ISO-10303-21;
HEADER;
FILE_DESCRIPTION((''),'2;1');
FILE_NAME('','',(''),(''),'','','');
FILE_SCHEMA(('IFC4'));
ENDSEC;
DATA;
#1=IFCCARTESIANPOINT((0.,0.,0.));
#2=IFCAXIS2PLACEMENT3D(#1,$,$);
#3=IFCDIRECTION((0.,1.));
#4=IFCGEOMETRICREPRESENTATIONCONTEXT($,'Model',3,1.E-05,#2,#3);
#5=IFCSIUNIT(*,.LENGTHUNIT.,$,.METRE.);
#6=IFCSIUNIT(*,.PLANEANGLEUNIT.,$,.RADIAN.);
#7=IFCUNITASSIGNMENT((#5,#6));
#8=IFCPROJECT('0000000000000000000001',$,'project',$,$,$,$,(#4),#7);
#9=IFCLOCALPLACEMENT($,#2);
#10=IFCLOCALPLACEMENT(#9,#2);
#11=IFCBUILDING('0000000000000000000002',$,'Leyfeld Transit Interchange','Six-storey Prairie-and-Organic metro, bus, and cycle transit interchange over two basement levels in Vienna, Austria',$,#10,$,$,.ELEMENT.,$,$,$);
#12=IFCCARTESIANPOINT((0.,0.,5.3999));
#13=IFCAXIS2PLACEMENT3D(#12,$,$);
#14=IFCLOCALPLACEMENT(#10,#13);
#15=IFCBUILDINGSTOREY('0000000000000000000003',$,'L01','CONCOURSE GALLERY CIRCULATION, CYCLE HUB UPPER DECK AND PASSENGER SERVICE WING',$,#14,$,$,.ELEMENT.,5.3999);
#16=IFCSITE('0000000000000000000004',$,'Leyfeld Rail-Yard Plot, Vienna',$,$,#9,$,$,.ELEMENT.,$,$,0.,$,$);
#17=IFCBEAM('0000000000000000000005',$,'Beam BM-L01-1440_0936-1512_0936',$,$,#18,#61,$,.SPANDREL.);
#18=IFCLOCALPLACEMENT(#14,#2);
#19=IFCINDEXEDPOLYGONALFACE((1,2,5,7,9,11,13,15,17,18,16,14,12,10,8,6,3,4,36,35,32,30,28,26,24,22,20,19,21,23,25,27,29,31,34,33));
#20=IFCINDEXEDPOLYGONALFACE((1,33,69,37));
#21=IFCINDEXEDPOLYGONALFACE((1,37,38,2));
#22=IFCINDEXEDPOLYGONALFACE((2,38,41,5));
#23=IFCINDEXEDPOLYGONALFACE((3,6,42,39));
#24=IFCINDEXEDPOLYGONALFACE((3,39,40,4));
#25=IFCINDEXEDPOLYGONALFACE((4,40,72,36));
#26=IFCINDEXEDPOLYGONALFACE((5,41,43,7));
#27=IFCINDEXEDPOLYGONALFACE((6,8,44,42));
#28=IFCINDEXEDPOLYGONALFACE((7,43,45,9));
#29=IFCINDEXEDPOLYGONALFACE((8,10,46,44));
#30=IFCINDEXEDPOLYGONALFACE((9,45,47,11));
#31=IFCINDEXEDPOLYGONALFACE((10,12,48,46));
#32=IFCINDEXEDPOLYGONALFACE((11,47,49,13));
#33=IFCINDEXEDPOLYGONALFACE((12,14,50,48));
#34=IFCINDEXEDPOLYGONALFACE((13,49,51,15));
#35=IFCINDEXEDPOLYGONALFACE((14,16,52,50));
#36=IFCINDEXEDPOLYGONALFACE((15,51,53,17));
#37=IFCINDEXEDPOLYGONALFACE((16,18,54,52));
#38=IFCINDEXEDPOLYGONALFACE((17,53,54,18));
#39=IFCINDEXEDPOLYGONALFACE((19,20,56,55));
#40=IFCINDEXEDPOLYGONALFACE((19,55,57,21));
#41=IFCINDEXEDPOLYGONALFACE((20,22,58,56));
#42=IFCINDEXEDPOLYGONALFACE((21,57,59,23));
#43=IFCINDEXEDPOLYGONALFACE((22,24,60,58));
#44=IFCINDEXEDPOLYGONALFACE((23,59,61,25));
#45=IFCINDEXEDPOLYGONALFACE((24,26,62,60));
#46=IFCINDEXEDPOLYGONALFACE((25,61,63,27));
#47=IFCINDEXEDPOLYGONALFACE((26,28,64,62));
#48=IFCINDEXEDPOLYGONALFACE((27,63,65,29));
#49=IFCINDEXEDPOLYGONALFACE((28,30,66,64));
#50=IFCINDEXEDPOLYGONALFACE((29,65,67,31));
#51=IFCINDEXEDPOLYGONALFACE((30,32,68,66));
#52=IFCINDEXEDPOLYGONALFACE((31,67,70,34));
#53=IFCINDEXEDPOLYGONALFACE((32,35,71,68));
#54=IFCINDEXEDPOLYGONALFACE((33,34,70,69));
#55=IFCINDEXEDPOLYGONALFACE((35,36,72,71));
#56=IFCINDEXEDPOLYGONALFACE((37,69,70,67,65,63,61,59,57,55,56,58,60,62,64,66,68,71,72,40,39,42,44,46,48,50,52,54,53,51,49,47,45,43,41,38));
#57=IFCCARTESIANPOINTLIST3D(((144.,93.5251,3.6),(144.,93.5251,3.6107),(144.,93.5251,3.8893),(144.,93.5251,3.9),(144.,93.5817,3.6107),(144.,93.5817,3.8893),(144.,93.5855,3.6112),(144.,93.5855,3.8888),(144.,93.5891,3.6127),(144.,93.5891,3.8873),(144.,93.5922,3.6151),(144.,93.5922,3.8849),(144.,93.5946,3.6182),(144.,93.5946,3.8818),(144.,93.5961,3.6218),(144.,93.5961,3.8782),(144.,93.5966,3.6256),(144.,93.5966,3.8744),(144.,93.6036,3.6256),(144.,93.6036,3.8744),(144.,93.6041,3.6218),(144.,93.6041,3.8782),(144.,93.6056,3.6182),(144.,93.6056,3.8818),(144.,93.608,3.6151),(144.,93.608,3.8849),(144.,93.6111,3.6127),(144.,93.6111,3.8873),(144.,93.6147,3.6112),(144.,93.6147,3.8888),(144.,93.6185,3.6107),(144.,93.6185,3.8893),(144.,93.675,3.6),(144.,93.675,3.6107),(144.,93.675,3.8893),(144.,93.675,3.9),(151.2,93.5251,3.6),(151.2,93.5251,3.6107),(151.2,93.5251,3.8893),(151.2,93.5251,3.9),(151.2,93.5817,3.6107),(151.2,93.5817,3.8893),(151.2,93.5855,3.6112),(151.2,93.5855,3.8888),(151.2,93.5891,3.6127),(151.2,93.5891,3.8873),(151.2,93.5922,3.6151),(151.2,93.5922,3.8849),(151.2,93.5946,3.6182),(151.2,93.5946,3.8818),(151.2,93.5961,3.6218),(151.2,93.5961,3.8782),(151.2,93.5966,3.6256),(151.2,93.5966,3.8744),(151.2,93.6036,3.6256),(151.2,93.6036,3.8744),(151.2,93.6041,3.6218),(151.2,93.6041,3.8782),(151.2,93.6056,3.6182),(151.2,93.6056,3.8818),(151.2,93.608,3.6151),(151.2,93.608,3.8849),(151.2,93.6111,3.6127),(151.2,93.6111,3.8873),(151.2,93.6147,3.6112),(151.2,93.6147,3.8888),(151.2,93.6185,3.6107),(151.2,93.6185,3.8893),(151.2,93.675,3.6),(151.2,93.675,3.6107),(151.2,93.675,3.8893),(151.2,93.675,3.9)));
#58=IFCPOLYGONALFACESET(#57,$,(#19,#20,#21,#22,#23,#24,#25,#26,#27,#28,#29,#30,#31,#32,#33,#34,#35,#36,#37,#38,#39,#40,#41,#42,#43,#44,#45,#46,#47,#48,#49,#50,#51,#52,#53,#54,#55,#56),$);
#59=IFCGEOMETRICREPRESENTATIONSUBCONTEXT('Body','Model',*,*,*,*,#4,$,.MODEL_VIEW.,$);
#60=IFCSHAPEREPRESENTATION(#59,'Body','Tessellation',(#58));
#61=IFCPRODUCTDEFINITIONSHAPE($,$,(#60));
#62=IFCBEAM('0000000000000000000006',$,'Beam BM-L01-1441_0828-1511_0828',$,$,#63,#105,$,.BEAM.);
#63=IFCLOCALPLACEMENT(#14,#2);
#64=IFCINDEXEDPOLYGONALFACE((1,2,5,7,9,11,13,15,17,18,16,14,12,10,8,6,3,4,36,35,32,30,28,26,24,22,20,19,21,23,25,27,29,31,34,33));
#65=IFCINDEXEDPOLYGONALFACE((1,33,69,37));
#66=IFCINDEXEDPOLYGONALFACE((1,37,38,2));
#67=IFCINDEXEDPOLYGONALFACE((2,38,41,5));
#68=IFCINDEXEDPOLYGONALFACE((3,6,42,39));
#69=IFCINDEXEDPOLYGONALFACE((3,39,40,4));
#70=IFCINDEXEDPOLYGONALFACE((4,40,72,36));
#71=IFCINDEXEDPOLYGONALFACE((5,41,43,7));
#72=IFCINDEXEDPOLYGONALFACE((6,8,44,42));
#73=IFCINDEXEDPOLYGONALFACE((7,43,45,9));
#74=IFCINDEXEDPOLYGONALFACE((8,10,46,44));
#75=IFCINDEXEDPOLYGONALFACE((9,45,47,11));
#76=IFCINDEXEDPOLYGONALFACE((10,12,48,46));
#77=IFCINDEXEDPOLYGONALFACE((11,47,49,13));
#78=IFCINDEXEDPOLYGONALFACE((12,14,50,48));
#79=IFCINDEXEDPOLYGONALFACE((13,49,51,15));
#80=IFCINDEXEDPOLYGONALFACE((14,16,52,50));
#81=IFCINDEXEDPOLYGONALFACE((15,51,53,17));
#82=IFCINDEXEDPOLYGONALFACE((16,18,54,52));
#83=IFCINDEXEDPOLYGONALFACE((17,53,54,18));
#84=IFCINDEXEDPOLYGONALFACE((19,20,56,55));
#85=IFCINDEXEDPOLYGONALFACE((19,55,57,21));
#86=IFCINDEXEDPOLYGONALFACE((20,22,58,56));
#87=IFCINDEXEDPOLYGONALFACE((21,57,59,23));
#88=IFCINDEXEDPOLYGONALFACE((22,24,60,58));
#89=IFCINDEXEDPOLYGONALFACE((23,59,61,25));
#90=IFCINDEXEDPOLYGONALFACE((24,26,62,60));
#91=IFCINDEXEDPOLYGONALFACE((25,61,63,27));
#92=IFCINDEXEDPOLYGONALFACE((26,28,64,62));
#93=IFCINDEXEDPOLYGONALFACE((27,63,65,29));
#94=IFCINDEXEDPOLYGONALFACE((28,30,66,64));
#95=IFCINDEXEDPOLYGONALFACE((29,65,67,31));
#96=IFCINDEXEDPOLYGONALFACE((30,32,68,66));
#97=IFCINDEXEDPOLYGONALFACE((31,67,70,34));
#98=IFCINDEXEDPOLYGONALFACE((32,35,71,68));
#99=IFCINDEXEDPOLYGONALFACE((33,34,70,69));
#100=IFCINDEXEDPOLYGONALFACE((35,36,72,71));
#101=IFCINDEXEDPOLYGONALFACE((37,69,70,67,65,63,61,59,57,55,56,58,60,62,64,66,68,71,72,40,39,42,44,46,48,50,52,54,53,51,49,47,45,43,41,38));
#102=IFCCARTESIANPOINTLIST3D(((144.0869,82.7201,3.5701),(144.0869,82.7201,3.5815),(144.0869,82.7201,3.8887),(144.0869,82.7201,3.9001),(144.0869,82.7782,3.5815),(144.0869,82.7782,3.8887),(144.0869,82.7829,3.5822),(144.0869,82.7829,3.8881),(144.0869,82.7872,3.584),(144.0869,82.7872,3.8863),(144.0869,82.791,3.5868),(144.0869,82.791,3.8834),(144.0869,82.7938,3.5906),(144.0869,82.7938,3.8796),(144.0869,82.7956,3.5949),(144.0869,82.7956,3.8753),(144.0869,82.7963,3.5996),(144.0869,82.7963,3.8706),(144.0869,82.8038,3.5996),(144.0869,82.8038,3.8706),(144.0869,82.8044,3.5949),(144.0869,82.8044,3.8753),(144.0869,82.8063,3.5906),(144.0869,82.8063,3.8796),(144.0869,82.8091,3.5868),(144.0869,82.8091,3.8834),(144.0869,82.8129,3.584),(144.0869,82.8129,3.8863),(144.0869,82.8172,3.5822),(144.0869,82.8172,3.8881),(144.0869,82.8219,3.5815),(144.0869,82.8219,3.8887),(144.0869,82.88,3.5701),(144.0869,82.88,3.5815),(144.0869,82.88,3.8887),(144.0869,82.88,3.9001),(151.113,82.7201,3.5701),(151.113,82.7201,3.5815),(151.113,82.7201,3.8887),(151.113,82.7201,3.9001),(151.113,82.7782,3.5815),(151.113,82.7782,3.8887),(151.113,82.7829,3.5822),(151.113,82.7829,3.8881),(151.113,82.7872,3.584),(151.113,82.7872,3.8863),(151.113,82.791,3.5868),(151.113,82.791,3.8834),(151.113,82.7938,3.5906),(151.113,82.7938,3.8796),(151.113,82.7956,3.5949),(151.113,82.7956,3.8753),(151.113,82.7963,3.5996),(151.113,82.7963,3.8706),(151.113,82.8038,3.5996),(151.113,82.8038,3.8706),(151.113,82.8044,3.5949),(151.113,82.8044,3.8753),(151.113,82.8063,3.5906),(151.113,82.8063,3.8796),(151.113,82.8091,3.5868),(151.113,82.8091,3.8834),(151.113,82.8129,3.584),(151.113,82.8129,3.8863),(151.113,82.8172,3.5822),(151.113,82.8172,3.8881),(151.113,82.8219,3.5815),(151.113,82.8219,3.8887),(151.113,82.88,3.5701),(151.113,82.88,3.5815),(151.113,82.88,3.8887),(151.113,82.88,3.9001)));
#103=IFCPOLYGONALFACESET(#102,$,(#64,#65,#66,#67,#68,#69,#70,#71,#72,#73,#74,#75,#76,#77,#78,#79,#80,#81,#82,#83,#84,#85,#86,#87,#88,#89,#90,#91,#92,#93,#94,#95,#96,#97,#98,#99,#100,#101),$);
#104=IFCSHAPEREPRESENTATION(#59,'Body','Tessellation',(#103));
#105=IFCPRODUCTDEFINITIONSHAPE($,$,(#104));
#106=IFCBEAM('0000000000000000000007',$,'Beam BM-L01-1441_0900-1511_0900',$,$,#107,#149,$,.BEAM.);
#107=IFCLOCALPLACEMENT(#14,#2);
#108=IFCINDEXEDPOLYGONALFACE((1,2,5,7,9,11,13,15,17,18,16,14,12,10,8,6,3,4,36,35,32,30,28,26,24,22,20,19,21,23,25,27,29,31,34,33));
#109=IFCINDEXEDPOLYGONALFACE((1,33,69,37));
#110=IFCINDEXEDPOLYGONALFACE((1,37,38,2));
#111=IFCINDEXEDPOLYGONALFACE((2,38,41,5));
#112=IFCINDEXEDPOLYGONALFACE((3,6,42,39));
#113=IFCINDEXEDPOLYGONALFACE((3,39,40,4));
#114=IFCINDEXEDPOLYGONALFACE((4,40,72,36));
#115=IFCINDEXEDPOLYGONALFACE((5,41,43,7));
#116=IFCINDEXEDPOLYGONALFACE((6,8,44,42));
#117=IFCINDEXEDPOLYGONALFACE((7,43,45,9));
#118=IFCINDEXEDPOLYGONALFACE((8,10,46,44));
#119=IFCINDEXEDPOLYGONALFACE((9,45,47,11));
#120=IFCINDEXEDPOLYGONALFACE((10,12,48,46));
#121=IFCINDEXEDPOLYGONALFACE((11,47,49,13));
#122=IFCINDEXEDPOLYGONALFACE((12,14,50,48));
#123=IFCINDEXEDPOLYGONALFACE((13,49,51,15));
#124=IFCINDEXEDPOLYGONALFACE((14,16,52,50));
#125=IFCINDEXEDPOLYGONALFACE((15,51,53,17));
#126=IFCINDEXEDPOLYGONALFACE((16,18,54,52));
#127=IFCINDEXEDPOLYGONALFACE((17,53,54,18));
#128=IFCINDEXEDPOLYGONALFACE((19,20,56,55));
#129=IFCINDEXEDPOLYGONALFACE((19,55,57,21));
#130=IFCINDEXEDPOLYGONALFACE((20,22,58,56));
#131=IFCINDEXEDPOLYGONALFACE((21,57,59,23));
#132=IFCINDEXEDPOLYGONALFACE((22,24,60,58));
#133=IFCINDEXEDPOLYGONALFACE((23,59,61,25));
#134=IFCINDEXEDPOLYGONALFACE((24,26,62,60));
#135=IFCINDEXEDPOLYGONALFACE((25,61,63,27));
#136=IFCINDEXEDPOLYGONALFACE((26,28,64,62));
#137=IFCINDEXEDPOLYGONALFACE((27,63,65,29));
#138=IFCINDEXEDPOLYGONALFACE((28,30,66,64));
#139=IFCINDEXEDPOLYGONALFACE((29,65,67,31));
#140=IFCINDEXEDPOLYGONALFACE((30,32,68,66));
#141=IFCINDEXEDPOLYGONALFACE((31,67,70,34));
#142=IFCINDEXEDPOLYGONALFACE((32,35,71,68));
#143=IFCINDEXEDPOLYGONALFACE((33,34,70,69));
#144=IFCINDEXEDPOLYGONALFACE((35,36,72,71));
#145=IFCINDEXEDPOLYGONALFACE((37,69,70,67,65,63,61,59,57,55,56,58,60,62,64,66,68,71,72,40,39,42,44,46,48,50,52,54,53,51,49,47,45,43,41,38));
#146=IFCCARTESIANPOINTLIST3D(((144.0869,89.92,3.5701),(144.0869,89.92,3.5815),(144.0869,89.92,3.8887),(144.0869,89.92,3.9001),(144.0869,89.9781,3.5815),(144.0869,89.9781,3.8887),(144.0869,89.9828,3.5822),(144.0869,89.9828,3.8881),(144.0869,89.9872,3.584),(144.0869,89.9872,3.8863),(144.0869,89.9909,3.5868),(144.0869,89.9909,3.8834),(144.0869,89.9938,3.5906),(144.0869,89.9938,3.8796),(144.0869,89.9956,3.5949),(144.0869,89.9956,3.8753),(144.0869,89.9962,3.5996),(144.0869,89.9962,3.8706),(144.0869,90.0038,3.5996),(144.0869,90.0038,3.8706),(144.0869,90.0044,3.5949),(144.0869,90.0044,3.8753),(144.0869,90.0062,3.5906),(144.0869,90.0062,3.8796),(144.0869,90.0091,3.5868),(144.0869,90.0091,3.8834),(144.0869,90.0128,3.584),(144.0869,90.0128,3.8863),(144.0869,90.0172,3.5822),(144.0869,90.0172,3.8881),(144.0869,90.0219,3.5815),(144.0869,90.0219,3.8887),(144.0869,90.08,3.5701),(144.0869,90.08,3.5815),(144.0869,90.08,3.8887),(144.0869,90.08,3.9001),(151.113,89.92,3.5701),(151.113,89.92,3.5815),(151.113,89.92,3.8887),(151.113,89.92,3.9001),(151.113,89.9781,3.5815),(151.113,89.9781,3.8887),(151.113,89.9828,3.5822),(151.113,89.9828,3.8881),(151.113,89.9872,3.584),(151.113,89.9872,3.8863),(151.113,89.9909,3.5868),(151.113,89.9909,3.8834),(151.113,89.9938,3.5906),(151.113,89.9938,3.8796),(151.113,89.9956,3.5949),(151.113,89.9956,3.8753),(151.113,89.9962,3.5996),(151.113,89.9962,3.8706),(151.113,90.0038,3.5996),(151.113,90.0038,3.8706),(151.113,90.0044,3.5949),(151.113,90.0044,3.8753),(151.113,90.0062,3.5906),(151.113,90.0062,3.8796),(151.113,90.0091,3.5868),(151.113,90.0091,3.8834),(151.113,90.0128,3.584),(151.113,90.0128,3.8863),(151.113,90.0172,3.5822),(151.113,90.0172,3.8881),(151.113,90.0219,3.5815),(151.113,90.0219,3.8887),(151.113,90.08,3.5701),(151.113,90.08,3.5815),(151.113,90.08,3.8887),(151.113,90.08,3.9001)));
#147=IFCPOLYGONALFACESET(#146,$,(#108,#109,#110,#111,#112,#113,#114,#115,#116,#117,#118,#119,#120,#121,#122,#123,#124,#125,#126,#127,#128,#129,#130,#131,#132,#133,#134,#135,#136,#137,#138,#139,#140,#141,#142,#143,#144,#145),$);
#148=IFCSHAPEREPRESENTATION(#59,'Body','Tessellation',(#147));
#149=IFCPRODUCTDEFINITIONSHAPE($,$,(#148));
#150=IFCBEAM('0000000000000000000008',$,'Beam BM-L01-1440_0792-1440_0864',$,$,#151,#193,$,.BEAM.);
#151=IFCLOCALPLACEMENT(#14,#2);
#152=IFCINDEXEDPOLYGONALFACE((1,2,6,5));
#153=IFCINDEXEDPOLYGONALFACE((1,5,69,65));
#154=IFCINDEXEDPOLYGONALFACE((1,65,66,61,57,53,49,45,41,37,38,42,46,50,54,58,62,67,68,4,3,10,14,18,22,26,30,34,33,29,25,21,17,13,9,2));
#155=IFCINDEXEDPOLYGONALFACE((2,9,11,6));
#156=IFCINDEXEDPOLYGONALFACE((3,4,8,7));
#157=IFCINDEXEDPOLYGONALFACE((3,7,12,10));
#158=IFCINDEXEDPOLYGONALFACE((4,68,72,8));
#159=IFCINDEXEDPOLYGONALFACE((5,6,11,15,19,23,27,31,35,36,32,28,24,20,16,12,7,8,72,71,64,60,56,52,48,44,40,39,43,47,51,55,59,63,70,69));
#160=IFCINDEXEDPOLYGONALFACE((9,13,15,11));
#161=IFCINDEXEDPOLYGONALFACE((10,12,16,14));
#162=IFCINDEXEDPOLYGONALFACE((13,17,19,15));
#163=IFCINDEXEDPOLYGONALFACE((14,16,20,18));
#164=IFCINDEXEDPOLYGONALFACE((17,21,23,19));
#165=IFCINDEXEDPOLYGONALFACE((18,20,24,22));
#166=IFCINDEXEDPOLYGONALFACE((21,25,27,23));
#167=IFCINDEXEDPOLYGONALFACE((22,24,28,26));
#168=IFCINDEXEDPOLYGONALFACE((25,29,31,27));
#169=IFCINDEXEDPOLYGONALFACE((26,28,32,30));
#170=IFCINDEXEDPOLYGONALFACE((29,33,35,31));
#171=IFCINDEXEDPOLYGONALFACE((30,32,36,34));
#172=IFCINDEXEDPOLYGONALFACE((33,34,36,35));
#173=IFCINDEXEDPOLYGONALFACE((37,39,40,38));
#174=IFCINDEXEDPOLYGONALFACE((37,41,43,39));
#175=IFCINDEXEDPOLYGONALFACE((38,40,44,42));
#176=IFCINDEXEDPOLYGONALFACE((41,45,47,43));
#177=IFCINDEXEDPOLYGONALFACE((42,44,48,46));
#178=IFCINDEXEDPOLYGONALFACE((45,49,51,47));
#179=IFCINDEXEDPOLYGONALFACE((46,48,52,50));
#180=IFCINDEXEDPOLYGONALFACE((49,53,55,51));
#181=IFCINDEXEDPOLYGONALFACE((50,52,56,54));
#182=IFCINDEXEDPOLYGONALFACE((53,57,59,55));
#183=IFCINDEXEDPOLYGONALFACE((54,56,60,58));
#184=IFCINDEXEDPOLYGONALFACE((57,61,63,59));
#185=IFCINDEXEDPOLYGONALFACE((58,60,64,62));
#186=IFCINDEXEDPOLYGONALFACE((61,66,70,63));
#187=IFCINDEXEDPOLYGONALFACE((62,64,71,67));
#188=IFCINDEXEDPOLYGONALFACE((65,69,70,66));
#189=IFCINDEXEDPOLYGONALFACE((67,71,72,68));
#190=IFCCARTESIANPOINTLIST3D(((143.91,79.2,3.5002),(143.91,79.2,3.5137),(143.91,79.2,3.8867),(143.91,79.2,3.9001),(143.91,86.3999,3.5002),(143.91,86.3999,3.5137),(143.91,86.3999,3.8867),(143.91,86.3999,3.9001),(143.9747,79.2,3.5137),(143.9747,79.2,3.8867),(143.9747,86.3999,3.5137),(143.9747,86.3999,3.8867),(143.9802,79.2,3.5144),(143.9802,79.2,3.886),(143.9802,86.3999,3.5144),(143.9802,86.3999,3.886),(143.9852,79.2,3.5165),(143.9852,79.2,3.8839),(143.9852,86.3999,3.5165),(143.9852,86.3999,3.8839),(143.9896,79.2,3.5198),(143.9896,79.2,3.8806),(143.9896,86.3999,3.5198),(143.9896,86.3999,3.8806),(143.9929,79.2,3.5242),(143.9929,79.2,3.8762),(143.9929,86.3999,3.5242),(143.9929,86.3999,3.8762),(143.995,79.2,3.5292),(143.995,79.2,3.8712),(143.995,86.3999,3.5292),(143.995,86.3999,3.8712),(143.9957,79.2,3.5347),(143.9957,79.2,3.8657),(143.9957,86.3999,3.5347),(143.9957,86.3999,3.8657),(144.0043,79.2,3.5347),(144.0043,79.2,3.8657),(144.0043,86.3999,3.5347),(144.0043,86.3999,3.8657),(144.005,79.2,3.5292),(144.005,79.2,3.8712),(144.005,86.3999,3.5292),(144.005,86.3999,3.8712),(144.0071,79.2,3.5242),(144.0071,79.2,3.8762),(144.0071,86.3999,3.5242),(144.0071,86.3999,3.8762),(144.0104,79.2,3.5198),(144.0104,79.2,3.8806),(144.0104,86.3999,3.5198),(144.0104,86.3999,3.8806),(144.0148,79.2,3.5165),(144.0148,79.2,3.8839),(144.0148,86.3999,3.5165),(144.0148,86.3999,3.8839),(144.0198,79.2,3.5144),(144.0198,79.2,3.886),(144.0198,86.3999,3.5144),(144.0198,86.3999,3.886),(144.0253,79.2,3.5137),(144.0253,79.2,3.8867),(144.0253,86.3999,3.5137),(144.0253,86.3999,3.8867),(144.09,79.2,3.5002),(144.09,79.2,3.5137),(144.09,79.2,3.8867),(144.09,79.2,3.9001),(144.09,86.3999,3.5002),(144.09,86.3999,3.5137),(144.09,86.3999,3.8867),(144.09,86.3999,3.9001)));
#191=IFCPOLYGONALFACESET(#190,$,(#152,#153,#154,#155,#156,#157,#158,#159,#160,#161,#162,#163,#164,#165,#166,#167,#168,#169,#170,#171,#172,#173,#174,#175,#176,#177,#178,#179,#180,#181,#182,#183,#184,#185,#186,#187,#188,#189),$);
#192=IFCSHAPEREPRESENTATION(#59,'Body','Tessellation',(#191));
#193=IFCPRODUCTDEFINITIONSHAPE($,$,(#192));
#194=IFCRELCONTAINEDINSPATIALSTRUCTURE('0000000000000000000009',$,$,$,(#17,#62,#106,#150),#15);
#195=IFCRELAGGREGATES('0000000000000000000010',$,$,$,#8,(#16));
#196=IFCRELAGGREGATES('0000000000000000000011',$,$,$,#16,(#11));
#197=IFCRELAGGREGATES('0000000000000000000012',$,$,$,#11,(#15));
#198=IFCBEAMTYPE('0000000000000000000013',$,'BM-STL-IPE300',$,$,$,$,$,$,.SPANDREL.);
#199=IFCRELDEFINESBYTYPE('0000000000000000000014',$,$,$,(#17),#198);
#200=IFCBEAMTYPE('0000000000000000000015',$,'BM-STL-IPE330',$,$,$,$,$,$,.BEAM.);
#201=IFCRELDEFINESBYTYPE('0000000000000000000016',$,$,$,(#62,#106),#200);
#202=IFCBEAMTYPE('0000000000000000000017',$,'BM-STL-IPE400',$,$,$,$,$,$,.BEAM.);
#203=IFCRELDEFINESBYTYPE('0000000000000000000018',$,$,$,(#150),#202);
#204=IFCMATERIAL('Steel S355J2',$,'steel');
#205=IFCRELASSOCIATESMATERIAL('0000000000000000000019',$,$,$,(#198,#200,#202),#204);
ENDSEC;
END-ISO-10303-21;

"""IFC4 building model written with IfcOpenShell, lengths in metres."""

from ifc_helpers import new_model, si_unit, direction, frame, origin, origin_2d, place, context, subcontext, project, spatial, i_section, extrude, material, material_profile, profile_set, type_object, element, save


model = new_model("IFC4")

# Units and contexts
model_context = context("Model", 3, precision=1e-05, world=origin(), true_north=direction((0.0, 1.0)))
body_context = subcontext(model_context, "Body", "Model", "MODEL_VIEW")
ifc_project = project(units=[si_unit("LENGTHUNIT", "METRE"), si_unit("PLANEANGLEUNIT", "RADIAN")], contexts=[model_context])

# Site, building, storey
site_placement = place(None, origin())
site = spatial("IfcSite", under=ifc_project, at=site_placement, Name="Leyfeld Rail-Yard Plot, Vienna", CompositionType="ELEMENT", RefElevation=0.0)
building_placement = place(site_placement, origin())
building = spatial("IfcBuilding", under=site, at=building_placement, Name="Leyfeld Transit Interchange", Description="Six-storey Prairie-and-Organic metro, bus, and cycle transit interchange over two basement levels in Vienna, Austria", CompositionType="ELEMENT")
storey_placement = place(building_placement, frame((0.0, 0.0, 5.3999)))
storey = spatial("IfcBuildingStorey", under=building, at=storey_placement, Name="L01", Description="CONCOURSE GALLERY CIRCULATION, CYCLE HUB UPPER DECK AND PASSENGER SERVICE WING", CompositionType="ELEMENT", Elevation=5.3999)

# Beams
ifc_material_1 = material(Name="Steel S355J2", Category="steel")
ifc_material_profile_1 = material_profile(ifc_material_1, i_section(OverallWidth=0.1499, OverallDepth=0.3, WebThickness=0.0071, FlangeThickness=0.0107, FilletRadius=0.0149, at=origin_2d()), Name="IPE 300")
ifc_profile_set_1 = profile_set([ifc_material_profile_1], Name="Steel S355J2")
beam_type_1 = type_object("IfcBeamType", Name="BM-STL-IPE300", PredefinedType="SPANDREL", material=ifc_profile_set_1)
beam_1_placement = place(storey_placement, frame((144.0, 93.6001, 3.75), z_axis=(1.0, 0.0, 0.0), x_axis=(0.0, 1.0, 0.0)))
element("IfcBeam", 1, at=beam_1_placement, inside=storey, type_object=beam_type_1, Name="Beam BM-L01-1440_0936-1512_0936", PredefinedType="SPANDREL", context=body_context, shape_type="SweptSolid", body=[
    extrude(i_section(OverallWidth=0.1499, OverallDepth=0.3, WebThickness=0.0071, FlangeThickness=0.0107, FilletRadius=0.0149, at=origin_2d()), origin(), (0.0, 0.0, 1.0), 7.2),
])
ifc_material_profile_2 = material_profile(ifc_material_1, i_section(OverallWidth=0.1599, OverallDepth=0.3301, WebThickness=0.0076, FlangeThickness=0.0115, FilletRadius=0.0181, at=origin_2d()), Name="IPE 330")
ifc_profile_set_2 = profile_set([ifc_material_profile_2], Name="Steel S355J2")
beam_type_2 = type_object("IfcBeamType", Name="BM-STL-IPE330", PredefinedType="BEAM", material=ifc_profile_set_2)
for number, where, z_axis, x_axis, name in (
    (2, (144.0869, 82.8, 3.7351), (1.0, 0.0, 0.0), (0.0, 1.0, 0.0), "Beam BM-L01-1441_0828-1511_0828"),
    (3, (144.0869, 90.0, 3.7351), (1.0, 0.0, 0.0), (0.0, 1.0, 0.0), "Beam BM-L01-1441_0900-1511_0900"),
):
    element("IfcBeam", number, at=place(storey_placement, frame(where, z_axis=z_axis, x_axis=x_axis)), inside=storey, type_object=beam_type_2, Name=name, PredefinedType="BEAM", context=body_context, shape_type="SweptSolid", body=[
        extrude(i_section(OverallWidth=0.1599, OverallDepth=0.3301, WebThickness=0.0076, FlangeThickness=0.0115, FilletRadius=0.0181, at=origin_2d()), origin(), (0.0, 0.0, 1.0), 7.0261),
    ])
ifc_material_profile_3 = material_profile(ifc_material_1, i_section(OverallWidth=0.1799, OverallDepth=0.3999, WebThickness=0.0085, FlangeThickness=0.0134, FilletRadius=0.021, at=origin_2d()), Name="IPE 400")
ifc_profile_set_3 = profile_set([ifc_material_profile_3], Name="Steel S355J2")
beam_type_3 = type_object("IfcBeamType", Name="BM-STL-IPE400", PredefinedType="BEAM", material=ifc_profile_set_3)
beam_2_placement = place(storey_placement, frame((144.0, 79.2, 3.7002), z_axis=(0.0, 1.0, 0.0), x_axis=(-1.0, 0.0, 0.0)))
element("IfcBeam", 4, at=beam_2_placement, inside=storey, type_object=beam_type_3, Name="Beam BM-L01-1440_0792-1440_0864", PredefinedType="BEAM", context=body_context, shape_type="SweptSolid", body=[
    extrude(i_section(OverallWidth=0.1799, OverallDepth=0.3999, WebThickness=0.0085, FlangeThickness=0.0134, FilletRadius=0.021, at=origin_2d()), origin(), (0.0, 0.0, 1.0), 7.2),
])

save(model, "model.ifc")
